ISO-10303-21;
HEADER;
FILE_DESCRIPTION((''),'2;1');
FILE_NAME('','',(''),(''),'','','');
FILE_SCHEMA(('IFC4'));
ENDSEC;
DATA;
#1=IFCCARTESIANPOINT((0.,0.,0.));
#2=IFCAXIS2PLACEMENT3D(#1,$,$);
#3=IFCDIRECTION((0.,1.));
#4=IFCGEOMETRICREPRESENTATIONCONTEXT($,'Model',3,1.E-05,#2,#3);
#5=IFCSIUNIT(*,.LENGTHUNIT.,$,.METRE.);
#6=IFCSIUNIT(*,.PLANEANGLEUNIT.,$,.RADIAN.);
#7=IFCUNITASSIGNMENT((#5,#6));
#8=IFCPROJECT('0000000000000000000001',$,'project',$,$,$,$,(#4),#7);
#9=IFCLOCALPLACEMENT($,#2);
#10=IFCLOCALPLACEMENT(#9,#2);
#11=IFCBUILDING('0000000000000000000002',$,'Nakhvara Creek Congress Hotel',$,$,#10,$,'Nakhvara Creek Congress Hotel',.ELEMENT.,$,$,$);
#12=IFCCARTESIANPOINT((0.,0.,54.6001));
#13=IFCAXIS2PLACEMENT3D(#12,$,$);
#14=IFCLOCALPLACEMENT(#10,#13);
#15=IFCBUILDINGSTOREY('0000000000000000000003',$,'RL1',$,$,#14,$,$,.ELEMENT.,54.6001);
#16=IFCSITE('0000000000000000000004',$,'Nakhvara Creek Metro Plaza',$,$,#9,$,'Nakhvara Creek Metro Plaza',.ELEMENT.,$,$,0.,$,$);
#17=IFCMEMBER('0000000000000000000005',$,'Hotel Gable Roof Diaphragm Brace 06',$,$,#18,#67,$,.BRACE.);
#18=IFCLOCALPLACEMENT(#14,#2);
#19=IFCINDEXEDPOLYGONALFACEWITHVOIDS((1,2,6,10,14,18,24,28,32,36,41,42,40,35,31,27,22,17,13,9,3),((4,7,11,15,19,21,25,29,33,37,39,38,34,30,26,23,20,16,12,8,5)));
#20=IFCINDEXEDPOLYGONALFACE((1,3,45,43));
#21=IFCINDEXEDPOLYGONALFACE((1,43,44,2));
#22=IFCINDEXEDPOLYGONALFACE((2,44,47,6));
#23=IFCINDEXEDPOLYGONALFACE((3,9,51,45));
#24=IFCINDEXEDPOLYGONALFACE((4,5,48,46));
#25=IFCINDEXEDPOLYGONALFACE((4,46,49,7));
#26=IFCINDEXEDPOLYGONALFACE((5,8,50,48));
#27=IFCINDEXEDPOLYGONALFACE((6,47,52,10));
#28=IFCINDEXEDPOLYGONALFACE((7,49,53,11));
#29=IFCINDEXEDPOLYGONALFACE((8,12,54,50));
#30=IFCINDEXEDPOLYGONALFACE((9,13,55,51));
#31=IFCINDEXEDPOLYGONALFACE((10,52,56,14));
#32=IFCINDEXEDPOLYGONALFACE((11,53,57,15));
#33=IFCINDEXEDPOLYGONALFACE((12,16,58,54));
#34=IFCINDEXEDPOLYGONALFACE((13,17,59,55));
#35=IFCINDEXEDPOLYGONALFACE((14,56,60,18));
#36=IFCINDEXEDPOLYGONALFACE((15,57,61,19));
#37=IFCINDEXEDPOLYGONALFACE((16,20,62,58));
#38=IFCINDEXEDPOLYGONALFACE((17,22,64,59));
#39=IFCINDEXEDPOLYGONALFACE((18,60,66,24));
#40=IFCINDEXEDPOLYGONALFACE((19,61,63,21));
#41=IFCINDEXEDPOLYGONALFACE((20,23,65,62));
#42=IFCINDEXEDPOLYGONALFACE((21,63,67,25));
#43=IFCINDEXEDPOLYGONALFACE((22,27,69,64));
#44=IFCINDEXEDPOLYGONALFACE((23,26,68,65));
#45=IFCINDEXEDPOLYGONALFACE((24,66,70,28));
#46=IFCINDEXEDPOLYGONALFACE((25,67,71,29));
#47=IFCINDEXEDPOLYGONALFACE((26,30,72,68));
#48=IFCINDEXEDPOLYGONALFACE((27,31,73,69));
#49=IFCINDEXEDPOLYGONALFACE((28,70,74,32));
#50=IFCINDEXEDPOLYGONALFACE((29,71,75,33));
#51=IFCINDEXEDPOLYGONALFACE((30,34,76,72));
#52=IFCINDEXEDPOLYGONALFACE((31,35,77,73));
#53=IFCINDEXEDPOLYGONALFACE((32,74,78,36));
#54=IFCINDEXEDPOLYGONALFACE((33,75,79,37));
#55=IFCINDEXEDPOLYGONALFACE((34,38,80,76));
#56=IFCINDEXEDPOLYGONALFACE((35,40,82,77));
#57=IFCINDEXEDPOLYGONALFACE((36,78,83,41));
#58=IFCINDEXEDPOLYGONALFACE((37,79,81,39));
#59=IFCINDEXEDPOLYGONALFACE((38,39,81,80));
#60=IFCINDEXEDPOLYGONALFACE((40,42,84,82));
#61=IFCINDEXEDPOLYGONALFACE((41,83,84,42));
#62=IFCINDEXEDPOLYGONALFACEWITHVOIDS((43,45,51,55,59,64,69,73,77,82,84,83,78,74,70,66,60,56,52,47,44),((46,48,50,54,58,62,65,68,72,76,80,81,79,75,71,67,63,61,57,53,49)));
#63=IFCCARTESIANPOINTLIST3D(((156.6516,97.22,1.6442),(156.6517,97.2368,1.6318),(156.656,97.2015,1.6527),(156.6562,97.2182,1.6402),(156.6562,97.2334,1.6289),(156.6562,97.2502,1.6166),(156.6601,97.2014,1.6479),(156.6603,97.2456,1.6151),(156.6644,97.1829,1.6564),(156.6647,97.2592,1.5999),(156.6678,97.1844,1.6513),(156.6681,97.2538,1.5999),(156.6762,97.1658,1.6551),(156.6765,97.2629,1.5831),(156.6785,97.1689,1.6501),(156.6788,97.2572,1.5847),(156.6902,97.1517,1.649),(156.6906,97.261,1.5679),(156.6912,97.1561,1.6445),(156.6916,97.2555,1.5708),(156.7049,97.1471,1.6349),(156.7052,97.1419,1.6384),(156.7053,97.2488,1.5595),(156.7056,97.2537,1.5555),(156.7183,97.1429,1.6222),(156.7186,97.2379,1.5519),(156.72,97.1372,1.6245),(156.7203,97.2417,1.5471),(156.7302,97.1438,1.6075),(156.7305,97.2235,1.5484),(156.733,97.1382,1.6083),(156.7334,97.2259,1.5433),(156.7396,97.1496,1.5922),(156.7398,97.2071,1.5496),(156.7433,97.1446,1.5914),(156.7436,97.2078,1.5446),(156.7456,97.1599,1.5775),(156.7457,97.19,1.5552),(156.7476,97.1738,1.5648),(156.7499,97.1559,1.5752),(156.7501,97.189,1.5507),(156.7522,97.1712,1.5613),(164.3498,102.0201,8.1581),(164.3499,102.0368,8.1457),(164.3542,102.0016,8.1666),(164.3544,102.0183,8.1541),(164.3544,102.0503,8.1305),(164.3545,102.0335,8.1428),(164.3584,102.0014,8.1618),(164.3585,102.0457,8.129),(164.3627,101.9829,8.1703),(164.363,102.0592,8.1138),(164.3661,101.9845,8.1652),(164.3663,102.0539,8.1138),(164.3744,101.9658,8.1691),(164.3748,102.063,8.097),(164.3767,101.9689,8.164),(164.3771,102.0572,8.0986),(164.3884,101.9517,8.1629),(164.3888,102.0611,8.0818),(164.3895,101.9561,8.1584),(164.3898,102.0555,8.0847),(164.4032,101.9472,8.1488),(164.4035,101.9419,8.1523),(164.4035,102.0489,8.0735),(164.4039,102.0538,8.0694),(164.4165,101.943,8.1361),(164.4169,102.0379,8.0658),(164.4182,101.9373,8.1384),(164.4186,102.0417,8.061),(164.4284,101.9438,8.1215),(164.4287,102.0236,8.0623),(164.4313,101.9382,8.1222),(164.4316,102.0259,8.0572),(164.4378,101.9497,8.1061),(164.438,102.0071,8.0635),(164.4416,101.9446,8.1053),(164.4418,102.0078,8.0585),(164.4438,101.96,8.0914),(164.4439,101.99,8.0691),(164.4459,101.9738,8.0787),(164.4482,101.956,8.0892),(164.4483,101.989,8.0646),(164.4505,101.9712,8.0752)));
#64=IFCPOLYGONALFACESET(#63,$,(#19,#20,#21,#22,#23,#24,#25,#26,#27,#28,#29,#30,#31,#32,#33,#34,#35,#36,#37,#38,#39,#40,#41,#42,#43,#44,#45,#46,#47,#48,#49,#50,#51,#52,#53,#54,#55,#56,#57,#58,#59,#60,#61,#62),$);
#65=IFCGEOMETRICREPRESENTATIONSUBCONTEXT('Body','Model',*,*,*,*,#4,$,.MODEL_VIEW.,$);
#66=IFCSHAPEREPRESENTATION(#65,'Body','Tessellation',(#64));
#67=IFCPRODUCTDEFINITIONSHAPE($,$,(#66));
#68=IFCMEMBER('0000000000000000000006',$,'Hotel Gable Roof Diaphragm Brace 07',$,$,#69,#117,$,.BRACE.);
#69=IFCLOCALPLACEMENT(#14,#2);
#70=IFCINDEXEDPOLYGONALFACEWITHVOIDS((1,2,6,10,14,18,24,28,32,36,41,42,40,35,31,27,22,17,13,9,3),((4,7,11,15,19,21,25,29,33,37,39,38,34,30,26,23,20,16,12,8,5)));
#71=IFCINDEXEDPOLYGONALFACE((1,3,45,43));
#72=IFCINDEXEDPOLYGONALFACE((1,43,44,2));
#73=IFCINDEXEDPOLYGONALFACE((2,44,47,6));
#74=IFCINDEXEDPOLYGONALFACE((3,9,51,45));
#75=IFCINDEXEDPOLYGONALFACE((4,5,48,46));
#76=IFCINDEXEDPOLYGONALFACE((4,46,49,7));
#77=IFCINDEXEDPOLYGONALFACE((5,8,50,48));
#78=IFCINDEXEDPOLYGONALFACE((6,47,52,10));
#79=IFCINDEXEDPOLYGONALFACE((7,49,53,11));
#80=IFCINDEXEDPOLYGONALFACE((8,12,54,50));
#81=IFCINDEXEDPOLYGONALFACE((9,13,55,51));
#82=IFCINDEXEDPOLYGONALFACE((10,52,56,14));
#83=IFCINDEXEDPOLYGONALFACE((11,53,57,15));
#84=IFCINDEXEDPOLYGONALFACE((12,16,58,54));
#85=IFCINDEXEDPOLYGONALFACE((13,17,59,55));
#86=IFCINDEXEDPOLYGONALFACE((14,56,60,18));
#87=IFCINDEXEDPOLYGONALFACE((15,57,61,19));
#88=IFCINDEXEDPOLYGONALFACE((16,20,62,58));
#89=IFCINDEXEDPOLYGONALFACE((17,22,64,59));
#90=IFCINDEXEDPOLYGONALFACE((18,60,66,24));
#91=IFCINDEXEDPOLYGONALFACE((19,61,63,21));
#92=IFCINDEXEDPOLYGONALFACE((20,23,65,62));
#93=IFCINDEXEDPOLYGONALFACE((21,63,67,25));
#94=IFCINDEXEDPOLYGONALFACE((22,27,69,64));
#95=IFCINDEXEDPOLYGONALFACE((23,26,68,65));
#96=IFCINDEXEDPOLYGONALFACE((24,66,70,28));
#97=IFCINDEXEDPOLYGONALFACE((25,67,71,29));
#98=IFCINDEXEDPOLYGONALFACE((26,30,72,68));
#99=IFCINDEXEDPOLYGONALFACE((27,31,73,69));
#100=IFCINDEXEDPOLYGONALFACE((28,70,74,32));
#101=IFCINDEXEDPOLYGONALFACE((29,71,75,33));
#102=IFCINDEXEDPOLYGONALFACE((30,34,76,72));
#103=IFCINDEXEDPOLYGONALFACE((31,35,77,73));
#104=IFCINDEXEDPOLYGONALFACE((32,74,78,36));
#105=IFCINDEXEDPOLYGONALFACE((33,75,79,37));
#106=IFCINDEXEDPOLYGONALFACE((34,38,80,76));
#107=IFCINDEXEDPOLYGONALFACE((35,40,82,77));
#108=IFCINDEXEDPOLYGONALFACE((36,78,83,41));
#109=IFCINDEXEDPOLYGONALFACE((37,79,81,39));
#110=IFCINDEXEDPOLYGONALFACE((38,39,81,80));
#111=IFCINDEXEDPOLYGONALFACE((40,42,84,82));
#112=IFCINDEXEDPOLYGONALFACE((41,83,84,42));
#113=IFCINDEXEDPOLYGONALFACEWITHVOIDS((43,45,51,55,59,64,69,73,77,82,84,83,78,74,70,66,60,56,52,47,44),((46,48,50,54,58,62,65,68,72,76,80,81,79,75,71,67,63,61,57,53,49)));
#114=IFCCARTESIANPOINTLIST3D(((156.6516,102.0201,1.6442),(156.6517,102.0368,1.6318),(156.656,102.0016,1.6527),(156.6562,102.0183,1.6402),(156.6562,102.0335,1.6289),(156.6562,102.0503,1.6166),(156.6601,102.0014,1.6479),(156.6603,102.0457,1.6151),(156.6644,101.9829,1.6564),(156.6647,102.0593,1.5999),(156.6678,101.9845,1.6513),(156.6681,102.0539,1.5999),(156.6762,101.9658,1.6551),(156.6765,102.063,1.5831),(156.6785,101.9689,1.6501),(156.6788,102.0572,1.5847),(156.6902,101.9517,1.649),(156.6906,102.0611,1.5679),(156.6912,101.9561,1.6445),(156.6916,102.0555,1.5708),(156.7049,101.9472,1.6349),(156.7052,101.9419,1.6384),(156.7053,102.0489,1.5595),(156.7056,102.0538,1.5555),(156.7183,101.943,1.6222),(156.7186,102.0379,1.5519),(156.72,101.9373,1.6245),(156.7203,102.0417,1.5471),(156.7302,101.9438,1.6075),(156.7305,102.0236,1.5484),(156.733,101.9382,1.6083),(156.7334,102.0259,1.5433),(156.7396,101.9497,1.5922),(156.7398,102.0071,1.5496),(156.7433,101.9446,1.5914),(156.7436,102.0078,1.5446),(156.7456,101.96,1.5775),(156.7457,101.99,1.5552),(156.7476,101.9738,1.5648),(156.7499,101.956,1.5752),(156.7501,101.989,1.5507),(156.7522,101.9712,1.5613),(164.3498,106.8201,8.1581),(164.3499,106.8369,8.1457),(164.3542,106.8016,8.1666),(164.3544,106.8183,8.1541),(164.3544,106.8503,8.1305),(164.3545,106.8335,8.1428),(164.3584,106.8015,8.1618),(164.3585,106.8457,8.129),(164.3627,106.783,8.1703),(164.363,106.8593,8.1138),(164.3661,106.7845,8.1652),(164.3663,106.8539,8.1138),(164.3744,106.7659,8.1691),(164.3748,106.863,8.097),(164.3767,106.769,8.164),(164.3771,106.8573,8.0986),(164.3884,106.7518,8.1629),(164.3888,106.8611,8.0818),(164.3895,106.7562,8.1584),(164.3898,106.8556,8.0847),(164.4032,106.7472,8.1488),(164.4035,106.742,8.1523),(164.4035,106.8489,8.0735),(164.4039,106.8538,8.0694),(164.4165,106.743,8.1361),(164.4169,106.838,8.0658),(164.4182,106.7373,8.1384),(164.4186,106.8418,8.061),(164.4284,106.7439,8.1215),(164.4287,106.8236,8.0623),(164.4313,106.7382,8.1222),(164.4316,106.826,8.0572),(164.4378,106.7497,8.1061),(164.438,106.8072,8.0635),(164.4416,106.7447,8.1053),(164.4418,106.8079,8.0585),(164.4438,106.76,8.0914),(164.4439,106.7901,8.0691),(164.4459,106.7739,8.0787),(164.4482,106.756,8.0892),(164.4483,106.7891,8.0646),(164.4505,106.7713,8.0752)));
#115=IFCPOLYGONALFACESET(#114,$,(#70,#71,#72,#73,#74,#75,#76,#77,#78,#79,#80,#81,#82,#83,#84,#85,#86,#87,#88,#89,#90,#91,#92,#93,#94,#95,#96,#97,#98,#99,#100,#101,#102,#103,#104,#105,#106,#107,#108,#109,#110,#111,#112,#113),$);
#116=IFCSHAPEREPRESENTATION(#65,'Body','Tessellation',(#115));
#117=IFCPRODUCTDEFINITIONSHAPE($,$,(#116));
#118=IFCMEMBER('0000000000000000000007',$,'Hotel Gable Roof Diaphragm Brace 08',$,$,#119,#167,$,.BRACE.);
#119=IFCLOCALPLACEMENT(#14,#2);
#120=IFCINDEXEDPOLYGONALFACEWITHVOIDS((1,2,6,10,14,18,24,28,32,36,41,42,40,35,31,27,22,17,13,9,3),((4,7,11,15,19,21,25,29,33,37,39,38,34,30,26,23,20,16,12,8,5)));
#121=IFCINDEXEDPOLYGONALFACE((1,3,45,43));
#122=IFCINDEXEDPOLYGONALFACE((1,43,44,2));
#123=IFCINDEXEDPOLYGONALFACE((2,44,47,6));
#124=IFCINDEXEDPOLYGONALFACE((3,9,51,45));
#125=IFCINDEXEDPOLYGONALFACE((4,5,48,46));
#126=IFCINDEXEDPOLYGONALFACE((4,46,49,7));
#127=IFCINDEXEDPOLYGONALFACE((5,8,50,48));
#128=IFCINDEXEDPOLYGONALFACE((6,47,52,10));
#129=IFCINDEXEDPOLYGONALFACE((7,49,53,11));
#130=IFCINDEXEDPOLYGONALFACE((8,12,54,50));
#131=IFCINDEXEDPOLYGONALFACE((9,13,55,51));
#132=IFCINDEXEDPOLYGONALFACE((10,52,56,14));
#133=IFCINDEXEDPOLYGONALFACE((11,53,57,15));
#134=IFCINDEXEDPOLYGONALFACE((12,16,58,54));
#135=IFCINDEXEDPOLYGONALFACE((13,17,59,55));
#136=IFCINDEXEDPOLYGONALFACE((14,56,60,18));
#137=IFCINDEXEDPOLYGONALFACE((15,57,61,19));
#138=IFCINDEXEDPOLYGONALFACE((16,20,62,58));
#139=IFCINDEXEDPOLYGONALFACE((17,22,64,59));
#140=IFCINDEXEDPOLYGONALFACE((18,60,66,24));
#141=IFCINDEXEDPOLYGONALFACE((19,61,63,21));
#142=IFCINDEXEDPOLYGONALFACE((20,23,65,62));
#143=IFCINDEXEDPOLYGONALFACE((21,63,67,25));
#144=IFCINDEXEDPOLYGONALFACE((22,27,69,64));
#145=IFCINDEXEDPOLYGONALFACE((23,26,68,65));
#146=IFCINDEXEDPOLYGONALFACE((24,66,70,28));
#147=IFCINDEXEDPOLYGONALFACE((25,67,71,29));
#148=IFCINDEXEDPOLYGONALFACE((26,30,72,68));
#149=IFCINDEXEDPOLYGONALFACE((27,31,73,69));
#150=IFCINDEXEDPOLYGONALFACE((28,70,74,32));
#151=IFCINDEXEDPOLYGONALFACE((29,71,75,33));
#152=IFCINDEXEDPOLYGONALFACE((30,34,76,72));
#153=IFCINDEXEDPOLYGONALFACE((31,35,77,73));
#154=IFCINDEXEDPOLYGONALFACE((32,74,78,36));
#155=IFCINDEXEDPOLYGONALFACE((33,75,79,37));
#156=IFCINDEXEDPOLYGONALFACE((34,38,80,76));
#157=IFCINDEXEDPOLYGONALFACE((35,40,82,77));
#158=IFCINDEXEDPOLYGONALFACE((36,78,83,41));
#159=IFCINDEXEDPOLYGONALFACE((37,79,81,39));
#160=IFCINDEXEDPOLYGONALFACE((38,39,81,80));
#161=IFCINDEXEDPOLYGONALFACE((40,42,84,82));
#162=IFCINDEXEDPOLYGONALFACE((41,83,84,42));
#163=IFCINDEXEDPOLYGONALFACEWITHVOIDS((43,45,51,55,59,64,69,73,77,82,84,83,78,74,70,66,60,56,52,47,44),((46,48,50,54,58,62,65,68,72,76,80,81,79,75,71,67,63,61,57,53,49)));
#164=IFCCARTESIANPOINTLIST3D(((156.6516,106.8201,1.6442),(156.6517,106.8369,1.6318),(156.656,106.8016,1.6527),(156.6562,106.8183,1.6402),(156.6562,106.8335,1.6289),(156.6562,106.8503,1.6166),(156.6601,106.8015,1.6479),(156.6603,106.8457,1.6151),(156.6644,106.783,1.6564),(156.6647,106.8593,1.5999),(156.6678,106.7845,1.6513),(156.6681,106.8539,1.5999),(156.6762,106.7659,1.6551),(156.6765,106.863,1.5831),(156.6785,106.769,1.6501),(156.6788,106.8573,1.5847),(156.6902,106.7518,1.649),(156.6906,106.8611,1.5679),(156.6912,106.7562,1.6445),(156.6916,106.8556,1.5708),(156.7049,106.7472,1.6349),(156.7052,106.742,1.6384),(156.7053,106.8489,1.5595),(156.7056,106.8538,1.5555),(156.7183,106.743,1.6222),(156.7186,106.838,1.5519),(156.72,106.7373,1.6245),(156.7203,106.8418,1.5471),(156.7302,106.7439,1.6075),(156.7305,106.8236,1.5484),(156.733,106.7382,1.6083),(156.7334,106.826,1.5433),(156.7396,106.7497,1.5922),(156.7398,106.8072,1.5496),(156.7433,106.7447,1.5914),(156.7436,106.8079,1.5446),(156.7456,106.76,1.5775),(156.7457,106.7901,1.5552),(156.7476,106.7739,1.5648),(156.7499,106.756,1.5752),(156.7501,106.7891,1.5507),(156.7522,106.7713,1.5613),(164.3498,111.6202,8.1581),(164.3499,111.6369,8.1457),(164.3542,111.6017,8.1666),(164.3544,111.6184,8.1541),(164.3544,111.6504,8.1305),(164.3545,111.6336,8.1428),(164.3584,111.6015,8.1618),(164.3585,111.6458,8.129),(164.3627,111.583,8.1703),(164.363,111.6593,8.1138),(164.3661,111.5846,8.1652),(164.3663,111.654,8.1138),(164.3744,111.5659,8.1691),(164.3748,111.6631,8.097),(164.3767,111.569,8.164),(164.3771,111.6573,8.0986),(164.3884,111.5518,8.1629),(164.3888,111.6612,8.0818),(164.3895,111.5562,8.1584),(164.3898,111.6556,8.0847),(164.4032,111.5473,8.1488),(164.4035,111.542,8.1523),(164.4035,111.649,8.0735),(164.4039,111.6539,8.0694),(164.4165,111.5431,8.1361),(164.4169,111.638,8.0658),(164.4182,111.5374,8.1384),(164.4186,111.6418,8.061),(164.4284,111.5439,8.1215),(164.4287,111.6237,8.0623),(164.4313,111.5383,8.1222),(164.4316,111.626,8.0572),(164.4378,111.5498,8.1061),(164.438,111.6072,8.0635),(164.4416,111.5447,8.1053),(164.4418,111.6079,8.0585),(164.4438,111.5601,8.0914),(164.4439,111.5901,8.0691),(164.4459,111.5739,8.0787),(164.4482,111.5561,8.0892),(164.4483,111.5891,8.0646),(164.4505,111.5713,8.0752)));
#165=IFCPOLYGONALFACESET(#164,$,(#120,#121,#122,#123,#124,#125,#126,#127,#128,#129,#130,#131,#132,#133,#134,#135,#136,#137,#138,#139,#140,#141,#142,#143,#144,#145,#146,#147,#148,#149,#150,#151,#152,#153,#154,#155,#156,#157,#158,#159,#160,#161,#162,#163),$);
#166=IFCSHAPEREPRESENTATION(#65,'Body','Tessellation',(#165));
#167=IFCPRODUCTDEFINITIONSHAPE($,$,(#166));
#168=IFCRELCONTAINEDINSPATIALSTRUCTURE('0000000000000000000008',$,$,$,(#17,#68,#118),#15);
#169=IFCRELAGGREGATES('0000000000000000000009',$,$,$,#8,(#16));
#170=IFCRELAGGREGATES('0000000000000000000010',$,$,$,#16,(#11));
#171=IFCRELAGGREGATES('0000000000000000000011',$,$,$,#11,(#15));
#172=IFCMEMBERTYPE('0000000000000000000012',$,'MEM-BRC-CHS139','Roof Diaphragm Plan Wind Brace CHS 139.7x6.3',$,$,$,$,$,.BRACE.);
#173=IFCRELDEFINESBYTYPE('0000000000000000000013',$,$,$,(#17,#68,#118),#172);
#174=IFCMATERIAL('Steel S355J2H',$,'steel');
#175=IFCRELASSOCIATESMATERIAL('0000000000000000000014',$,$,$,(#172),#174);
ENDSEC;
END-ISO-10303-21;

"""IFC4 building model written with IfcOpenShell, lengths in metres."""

from ifc_helpers import new_model, si_unit, direction, frame, origin, origin_2d, place, context, subcontext, project, spatial, hollow_circle, extrude, material, material_profile, profile_set, type_object, element, save


model = new_model("IFC4")

# Units and contexts
model_context = context("Model", 3, precision=1e-05, world=origin(), true_north=direction((0.0, 1.0)))
body_context = subcontext(model_context, "Body", "Model", "MODEL_VIEW")
ifc_project = project(units=[si_unit("LENGTHUNIT", "METRE"), si_unit("PLANEANGLEUNIT", "RADIAN")], contexts=[model_context])

# Site, building, storey
site_placement = place(None, origin())
site = spatial("IfcSite", under=ifc_project, at=site_placement, Name="Nakhvara Creek Metro Plaza", LongName="Nakhvara Creek Metro Plaza", CompositionType="ELEMENT", RefElevation=0.0)
building_placement = place(site_placement, origin())
building = spatial("IfcBuilding", under=site, at=building_placement, Name="Nakhvara Creek Congress Hotel", LongName="Nakhvara Creek Congress Hotel", CompositionType="ELEMENT")
storey_placement = place(building_placement, frame((0.0, 0.0, 54.6001)))
storey = spatial("IfcBuildingStorey", under=building, at=storey_placement, Name="RL1", CompositionType="ELEMENT", Elevation=54.6001)

# Members
ifc_material_1 = material(Name="Steel S355J2H", Category="steel")
ifc_material_profile_1 = material_profile(ifc_material_1, hollow_circle(Radius=0.0698, WallThickness=0.0063, at=origin_2d()), Name="CHS 139.7x6.3", Category="LoadBearing")
ifc_profile_set_1 = profile_set([ifc_material_profile_1], Name="Steel S355J2H")
member_type_1 = type_object("IfcMemberType", Name="MEM-BRC-CHS139", Description="Roof Diaphragm Plan Wind Brace CHS 139.7x6.3", PredefinedType="BRACE", material=ifc_profile_set_1)
for number, where, z_axis, x_axis, name in (
    (1, (156.7017, 97.2, 1.5999), (0.689284, 0.429786, 0.583242), (-0.529099, 0.84856, 0.0), "Hotel Gable Roof Diaphragm Brace 06"),
    (2, (156.7017, 102.0, 1.5999), (0.689284, 0.429786, 0.583242), (-0.529099, 0.84856, 0.0), "Hotel Gable Roof Diaphragm Brace 07"),
    (3, (156.7017, 106.8, 1.5999), (0.689284, 0.429786, 0.583242), (-0.529099, 0.84856, 0.0), "Hotel Gable Roof Diaphragm Brace 08"),
):
    element("IfcMember", number, at=place(storey_placement, frame(where, z_axis=z_axis, x_axis=x_axis)), inside=storey, type_object=member_type_1, Name=name, PredefinedType="BRACE", context=body_context, shape_type="SweptSolid", body=[
        extrude(hollow_circle(Radius=0.0698, WallThickness=0.0063, at=origin_2d()), origin(), (0.0, 0.0, 1.0), 11.1685),
    ])

save(model, "model.ifc")
